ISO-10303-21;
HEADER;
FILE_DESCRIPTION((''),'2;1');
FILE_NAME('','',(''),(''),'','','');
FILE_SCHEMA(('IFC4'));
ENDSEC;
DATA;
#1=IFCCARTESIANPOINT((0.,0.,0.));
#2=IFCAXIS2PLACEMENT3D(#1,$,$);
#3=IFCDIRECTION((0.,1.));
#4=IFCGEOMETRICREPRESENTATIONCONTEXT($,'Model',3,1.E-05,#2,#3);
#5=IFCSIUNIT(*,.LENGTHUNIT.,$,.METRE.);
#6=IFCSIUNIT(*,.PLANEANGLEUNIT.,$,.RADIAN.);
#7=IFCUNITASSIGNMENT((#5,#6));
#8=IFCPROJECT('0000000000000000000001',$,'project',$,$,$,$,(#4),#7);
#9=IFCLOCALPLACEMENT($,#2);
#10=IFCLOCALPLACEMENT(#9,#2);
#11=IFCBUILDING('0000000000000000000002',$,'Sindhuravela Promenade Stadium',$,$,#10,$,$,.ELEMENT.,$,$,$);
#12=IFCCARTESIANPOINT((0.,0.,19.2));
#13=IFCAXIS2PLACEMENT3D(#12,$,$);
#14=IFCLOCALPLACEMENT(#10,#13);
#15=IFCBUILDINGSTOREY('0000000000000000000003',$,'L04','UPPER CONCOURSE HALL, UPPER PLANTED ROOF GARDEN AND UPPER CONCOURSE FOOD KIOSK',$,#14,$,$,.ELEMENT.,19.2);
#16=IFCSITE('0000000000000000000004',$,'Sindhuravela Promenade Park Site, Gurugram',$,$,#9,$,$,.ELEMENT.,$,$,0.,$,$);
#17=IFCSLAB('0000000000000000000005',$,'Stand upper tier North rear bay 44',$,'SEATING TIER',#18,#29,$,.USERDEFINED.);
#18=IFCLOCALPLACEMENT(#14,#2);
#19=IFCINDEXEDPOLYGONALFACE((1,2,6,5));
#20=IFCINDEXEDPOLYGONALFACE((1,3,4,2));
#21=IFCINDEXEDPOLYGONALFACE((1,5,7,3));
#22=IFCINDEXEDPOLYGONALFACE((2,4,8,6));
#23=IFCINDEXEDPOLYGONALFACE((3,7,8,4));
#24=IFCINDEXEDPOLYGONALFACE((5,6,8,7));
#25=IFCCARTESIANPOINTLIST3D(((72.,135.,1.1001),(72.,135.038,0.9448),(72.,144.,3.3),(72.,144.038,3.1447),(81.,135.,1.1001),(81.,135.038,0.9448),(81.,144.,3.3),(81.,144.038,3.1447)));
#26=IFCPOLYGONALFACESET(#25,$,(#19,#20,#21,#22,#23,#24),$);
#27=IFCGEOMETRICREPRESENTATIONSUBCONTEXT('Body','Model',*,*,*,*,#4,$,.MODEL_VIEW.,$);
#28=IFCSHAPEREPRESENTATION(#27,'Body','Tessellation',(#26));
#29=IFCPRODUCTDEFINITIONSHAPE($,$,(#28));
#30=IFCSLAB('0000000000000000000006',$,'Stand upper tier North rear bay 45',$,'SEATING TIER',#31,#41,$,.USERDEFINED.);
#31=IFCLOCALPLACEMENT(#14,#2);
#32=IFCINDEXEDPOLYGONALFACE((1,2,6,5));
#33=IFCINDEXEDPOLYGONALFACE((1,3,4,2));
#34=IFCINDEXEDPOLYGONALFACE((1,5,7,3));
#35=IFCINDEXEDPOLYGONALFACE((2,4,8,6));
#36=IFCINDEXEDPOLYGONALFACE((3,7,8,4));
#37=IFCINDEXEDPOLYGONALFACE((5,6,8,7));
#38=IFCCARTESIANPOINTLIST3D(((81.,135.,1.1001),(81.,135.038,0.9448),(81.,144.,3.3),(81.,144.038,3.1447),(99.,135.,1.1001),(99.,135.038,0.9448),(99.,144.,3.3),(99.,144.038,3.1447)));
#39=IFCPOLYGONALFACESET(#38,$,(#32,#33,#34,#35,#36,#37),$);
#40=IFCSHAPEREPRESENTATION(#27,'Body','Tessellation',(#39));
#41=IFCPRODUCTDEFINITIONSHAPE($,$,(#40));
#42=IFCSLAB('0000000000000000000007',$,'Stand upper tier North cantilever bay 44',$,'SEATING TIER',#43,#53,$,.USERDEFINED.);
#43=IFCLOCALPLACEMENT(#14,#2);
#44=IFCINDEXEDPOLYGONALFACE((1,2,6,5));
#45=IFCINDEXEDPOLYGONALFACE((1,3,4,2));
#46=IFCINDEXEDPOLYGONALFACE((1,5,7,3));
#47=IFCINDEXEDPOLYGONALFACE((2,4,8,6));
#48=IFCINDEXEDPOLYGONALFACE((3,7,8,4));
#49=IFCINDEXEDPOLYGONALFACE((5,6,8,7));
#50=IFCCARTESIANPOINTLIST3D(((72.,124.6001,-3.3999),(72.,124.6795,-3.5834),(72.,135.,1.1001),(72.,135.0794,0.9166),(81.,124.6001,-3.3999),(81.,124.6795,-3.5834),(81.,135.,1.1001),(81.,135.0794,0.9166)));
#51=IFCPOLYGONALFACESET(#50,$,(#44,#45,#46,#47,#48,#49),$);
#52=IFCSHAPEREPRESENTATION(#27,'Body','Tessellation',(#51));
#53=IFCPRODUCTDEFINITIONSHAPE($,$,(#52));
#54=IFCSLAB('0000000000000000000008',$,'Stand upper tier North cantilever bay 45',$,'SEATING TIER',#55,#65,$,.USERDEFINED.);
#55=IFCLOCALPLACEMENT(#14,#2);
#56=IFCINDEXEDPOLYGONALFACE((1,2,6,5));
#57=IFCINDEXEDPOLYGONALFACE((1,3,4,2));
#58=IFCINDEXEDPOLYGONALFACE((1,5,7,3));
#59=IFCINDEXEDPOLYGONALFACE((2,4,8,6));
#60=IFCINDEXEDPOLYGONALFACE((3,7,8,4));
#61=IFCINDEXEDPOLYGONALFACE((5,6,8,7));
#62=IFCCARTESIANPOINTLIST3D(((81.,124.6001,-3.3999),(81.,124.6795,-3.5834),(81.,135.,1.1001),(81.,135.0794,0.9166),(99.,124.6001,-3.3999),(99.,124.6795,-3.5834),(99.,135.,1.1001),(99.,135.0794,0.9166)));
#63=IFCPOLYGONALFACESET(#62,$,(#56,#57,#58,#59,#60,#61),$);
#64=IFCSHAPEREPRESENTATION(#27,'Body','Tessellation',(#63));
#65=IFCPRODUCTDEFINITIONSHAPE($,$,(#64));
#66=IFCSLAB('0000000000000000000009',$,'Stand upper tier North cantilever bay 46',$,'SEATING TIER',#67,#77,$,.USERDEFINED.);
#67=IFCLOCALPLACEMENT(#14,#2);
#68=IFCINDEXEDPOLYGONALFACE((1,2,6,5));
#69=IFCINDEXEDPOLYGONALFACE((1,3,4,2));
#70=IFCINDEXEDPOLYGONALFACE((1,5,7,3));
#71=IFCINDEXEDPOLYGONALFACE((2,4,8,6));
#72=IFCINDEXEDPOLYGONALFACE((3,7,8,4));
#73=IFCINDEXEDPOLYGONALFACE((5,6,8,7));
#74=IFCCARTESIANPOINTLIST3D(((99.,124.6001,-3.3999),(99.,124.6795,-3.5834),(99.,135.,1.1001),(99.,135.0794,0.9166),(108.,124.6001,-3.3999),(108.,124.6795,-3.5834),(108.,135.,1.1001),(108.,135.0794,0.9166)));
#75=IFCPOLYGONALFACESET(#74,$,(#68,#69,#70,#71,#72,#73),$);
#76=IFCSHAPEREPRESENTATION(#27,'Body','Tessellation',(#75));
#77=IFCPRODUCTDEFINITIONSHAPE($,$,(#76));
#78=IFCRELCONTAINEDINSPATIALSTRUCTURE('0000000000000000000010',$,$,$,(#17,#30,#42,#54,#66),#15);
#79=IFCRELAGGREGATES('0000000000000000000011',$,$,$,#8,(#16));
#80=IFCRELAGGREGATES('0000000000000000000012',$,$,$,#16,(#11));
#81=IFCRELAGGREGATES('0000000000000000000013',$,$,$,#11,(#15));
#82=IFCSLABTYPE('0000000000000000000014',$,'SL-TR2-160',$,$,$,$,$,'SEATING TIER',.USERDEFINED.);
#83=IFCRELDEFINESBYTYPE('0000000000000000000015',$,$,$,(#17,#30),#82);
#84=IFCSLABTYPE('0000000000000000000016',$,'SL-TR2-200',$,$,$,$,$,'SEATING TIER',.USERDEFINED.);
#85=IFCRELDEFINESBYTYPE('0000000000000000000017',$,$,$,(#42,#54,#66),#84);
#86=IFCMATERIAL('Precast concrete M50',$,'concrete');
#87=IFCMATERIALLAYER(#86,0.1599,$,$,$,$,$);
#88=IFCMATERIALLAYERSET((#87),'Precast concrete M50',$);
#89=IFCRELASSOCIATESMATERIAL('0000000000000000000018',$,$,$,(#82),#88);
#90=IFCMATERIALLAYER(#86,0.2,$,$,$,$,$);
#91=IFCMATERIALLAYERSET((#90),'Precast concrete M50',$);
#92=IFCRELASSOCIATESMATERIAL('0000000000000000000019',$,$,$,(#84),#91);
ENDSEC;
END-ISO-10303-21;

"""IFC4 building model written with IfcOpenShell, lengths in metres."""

from ifc_helpers import new_model, si_unit, direction, frame, origin, place, context, subcontext, project, spatial, polyline, outline, extrude, material, layer, layer_set, type_object, element, save


model = new_model("IFC4")

# Units and contexts
model_context = context("Model", 3, precision=1e-05, world=origin(), true_north=direction((0.0, 1.0)))
body_context = subcontext(model_context, "Body", "Model", "MODEL_VIEW")
ifc_project = project(units=[si_unit("LENGTHUNIT", "METRE"), si_unit("PLANEANGLEUNIT", "RADIAN")], contexts=[model_context])

# Site, building, storey
site_placement = place(None, origin())
site = spatial("IfcSite", under=ifc_project, at=site_placement, Name="Sindhuravela Promenade Park Site, Gurugram", CompositionType="ELEMENT", RefElevation=0.0)
building_placement = place(site_placement, origin())
building = spatial("IfcBuilding", under=site, at=building_placement, Name="Sindhuravela Promenade Stadium", CompositionType="ELEMENT")
storey_placement = place(building_placement, frame((0.0, 0.0, 19.2)))
storey = spatial("IfcBuildingStorey", under=building, at=storey_placement, Name="L04", Description="UPPER CONCOURSE HALL, UPPER PLANTED ROOF GARDEN AND UPPER CONCOURSE FOOD KIOSK", CompositionType="ELEMENT", Elevation=19.2)

# Slabs
ifc_material_1 = material(Name="Precast concrete M50", Category="concrete")
ifc_layer_1 = layer(ifc_material_1, 0.1599)
ifc_layer_set_1 = layer_set([ifc_layer_1], Name="Precast concrete M50")
slab_type_1 = type_object("IfcSlabType", Name="SL-TR2-160", ElementType="SEATING TIER", PredefinedType="USERDEFINED", material=ifc_layer_set_1)
slab_1_placement = place(storey_placement, frame((72.0, 135.0, 1.1001), z_axis=(0.0, -0.237448, 0.9714), x_axis=(1.0, 0.0, 0.0)))
element("IfcSlab", 1, at=slab_1_placement, inside=storey, type_object=slab_type_1, Name="Stand upper tier North rear bay 44", ObjectType="SEATING TIER", PredefinedType="USERDEFINED", context=body_context, shape_type="SweptSolid", body=[
    extrude(outline(polyline([(0.0, 0.0), (9.0, 0.0), (9.0, 9.265), (0.0, 9.265), (0.0, 0.0)])), origin(), (0.0, 0.0, -1.0), 0.1599),
])
slab_2_placement = place(storey_placement, frame((81.0, 135.0, 1.1001), z_axis=(0.0, -0.237448, 0.9714), x_axis=(1.0, 0.0, 0.0)))
element("IfcSlab", 2, at=slab_2_placement, inside=storey, type_object=slab_type_1, Name="Stand upper tier North rear bay 45", ObjectType="SEATING TIER", PredefinedType="USERDEFINED", context=body_context, shape_type="SweptSolid", body=[
    extrude(outline(polyline([(0.0, 0.0), (18.0, 0.0), (18.0, 9.265), (0.0, 9.265), (0.0, 0.0)])), origin(), (0.0, 0.0, -1.0), 0.1599),
])
ifc_layer_2 = layer(ifc_material_1, 0.2)
ifc_layer_set_2 = layer_set([ifc_layer_2], Name="Precast concrete M50")
slab_type_2 = type_object("IfcSlabType", Name="SL-TR2-200", ElementType="SEATING TIER", PredefinedType="USERDEFINED", material=ifc_layer_set_2)
slab_3_placement = place(storey_placement, frame((72.0, 124.6001, -3.3999), z_axis=(0.0, -0.397115, 0.917769), x_axis=(1.0, 0.0, 0.0)))
element("IfcSlab", 3, at=slab_3_placement, inside=storey, type_object=slab_type_2, Name="Stand upper tier North cantilever bay 44", ObjectType="SEATING TIER", PredefinedType="USERDEFINED", context=body_context, shape_type="SweptSolid", body=[
    extrude(outline(polyline([(0.0, 0.0), (9.0, 0.0), (9.0, 11.3317), (0.0, 11.3317), (0.0, 0.0)])), origin(), (0.0, 0.0, -1.0), 0.2),
])
slab_4_placement = place(storey_placement, frame((81.0, 124.6001, -3.3999), z_axis=(0.0, -0.397115, 0.917769), x_axis=(1.0, 0.0, 0.0)))
element("IfcSlab", 4, at=slab_4_placement, inside=storey, type_object=slab_type_2, Name="Stand upper tier North cantilever bay 45", ObjectType="SEATING TIER", PredefinedType="USERDEFINED", context=body_context, shape_type="SweptSolid", body=[
    extrude(outline(polyline([(0.0, 0.0), (18.0, 0.0), (18.0, 11.3317), (0.0, 11.3317), (0.0, 0.0)])), origin(), (0.0, 0.0, -1.0), 0.2),
])
slab_5_placement = place(storey_placement, frame((99.0, 124.6001, -3.3999), z_axis=(0.0, -0.397115, 0.917769), x_axis=(1.0, 0.0, 0.0)))
element("IfcSlab", 5, at=slab_5_placement, inside=storey, type_object=slab_type_2, Name="Stand upper tier North cantilever bay 46", ObjectType="SEATING TIER", PredefinedType="USERDEFINED", context=body_context, shape_type="SweptSolid", body=[
    extrude(outline(polyline([(0.0, 0.0), (9.0, 0.0), (9.0, 11.3317), (0.0, 11.3317), (0.0, 0.0)])), origin(), (0.0, 0.0, -1.0), 0.2),
])

save(model, "model.ifc")
